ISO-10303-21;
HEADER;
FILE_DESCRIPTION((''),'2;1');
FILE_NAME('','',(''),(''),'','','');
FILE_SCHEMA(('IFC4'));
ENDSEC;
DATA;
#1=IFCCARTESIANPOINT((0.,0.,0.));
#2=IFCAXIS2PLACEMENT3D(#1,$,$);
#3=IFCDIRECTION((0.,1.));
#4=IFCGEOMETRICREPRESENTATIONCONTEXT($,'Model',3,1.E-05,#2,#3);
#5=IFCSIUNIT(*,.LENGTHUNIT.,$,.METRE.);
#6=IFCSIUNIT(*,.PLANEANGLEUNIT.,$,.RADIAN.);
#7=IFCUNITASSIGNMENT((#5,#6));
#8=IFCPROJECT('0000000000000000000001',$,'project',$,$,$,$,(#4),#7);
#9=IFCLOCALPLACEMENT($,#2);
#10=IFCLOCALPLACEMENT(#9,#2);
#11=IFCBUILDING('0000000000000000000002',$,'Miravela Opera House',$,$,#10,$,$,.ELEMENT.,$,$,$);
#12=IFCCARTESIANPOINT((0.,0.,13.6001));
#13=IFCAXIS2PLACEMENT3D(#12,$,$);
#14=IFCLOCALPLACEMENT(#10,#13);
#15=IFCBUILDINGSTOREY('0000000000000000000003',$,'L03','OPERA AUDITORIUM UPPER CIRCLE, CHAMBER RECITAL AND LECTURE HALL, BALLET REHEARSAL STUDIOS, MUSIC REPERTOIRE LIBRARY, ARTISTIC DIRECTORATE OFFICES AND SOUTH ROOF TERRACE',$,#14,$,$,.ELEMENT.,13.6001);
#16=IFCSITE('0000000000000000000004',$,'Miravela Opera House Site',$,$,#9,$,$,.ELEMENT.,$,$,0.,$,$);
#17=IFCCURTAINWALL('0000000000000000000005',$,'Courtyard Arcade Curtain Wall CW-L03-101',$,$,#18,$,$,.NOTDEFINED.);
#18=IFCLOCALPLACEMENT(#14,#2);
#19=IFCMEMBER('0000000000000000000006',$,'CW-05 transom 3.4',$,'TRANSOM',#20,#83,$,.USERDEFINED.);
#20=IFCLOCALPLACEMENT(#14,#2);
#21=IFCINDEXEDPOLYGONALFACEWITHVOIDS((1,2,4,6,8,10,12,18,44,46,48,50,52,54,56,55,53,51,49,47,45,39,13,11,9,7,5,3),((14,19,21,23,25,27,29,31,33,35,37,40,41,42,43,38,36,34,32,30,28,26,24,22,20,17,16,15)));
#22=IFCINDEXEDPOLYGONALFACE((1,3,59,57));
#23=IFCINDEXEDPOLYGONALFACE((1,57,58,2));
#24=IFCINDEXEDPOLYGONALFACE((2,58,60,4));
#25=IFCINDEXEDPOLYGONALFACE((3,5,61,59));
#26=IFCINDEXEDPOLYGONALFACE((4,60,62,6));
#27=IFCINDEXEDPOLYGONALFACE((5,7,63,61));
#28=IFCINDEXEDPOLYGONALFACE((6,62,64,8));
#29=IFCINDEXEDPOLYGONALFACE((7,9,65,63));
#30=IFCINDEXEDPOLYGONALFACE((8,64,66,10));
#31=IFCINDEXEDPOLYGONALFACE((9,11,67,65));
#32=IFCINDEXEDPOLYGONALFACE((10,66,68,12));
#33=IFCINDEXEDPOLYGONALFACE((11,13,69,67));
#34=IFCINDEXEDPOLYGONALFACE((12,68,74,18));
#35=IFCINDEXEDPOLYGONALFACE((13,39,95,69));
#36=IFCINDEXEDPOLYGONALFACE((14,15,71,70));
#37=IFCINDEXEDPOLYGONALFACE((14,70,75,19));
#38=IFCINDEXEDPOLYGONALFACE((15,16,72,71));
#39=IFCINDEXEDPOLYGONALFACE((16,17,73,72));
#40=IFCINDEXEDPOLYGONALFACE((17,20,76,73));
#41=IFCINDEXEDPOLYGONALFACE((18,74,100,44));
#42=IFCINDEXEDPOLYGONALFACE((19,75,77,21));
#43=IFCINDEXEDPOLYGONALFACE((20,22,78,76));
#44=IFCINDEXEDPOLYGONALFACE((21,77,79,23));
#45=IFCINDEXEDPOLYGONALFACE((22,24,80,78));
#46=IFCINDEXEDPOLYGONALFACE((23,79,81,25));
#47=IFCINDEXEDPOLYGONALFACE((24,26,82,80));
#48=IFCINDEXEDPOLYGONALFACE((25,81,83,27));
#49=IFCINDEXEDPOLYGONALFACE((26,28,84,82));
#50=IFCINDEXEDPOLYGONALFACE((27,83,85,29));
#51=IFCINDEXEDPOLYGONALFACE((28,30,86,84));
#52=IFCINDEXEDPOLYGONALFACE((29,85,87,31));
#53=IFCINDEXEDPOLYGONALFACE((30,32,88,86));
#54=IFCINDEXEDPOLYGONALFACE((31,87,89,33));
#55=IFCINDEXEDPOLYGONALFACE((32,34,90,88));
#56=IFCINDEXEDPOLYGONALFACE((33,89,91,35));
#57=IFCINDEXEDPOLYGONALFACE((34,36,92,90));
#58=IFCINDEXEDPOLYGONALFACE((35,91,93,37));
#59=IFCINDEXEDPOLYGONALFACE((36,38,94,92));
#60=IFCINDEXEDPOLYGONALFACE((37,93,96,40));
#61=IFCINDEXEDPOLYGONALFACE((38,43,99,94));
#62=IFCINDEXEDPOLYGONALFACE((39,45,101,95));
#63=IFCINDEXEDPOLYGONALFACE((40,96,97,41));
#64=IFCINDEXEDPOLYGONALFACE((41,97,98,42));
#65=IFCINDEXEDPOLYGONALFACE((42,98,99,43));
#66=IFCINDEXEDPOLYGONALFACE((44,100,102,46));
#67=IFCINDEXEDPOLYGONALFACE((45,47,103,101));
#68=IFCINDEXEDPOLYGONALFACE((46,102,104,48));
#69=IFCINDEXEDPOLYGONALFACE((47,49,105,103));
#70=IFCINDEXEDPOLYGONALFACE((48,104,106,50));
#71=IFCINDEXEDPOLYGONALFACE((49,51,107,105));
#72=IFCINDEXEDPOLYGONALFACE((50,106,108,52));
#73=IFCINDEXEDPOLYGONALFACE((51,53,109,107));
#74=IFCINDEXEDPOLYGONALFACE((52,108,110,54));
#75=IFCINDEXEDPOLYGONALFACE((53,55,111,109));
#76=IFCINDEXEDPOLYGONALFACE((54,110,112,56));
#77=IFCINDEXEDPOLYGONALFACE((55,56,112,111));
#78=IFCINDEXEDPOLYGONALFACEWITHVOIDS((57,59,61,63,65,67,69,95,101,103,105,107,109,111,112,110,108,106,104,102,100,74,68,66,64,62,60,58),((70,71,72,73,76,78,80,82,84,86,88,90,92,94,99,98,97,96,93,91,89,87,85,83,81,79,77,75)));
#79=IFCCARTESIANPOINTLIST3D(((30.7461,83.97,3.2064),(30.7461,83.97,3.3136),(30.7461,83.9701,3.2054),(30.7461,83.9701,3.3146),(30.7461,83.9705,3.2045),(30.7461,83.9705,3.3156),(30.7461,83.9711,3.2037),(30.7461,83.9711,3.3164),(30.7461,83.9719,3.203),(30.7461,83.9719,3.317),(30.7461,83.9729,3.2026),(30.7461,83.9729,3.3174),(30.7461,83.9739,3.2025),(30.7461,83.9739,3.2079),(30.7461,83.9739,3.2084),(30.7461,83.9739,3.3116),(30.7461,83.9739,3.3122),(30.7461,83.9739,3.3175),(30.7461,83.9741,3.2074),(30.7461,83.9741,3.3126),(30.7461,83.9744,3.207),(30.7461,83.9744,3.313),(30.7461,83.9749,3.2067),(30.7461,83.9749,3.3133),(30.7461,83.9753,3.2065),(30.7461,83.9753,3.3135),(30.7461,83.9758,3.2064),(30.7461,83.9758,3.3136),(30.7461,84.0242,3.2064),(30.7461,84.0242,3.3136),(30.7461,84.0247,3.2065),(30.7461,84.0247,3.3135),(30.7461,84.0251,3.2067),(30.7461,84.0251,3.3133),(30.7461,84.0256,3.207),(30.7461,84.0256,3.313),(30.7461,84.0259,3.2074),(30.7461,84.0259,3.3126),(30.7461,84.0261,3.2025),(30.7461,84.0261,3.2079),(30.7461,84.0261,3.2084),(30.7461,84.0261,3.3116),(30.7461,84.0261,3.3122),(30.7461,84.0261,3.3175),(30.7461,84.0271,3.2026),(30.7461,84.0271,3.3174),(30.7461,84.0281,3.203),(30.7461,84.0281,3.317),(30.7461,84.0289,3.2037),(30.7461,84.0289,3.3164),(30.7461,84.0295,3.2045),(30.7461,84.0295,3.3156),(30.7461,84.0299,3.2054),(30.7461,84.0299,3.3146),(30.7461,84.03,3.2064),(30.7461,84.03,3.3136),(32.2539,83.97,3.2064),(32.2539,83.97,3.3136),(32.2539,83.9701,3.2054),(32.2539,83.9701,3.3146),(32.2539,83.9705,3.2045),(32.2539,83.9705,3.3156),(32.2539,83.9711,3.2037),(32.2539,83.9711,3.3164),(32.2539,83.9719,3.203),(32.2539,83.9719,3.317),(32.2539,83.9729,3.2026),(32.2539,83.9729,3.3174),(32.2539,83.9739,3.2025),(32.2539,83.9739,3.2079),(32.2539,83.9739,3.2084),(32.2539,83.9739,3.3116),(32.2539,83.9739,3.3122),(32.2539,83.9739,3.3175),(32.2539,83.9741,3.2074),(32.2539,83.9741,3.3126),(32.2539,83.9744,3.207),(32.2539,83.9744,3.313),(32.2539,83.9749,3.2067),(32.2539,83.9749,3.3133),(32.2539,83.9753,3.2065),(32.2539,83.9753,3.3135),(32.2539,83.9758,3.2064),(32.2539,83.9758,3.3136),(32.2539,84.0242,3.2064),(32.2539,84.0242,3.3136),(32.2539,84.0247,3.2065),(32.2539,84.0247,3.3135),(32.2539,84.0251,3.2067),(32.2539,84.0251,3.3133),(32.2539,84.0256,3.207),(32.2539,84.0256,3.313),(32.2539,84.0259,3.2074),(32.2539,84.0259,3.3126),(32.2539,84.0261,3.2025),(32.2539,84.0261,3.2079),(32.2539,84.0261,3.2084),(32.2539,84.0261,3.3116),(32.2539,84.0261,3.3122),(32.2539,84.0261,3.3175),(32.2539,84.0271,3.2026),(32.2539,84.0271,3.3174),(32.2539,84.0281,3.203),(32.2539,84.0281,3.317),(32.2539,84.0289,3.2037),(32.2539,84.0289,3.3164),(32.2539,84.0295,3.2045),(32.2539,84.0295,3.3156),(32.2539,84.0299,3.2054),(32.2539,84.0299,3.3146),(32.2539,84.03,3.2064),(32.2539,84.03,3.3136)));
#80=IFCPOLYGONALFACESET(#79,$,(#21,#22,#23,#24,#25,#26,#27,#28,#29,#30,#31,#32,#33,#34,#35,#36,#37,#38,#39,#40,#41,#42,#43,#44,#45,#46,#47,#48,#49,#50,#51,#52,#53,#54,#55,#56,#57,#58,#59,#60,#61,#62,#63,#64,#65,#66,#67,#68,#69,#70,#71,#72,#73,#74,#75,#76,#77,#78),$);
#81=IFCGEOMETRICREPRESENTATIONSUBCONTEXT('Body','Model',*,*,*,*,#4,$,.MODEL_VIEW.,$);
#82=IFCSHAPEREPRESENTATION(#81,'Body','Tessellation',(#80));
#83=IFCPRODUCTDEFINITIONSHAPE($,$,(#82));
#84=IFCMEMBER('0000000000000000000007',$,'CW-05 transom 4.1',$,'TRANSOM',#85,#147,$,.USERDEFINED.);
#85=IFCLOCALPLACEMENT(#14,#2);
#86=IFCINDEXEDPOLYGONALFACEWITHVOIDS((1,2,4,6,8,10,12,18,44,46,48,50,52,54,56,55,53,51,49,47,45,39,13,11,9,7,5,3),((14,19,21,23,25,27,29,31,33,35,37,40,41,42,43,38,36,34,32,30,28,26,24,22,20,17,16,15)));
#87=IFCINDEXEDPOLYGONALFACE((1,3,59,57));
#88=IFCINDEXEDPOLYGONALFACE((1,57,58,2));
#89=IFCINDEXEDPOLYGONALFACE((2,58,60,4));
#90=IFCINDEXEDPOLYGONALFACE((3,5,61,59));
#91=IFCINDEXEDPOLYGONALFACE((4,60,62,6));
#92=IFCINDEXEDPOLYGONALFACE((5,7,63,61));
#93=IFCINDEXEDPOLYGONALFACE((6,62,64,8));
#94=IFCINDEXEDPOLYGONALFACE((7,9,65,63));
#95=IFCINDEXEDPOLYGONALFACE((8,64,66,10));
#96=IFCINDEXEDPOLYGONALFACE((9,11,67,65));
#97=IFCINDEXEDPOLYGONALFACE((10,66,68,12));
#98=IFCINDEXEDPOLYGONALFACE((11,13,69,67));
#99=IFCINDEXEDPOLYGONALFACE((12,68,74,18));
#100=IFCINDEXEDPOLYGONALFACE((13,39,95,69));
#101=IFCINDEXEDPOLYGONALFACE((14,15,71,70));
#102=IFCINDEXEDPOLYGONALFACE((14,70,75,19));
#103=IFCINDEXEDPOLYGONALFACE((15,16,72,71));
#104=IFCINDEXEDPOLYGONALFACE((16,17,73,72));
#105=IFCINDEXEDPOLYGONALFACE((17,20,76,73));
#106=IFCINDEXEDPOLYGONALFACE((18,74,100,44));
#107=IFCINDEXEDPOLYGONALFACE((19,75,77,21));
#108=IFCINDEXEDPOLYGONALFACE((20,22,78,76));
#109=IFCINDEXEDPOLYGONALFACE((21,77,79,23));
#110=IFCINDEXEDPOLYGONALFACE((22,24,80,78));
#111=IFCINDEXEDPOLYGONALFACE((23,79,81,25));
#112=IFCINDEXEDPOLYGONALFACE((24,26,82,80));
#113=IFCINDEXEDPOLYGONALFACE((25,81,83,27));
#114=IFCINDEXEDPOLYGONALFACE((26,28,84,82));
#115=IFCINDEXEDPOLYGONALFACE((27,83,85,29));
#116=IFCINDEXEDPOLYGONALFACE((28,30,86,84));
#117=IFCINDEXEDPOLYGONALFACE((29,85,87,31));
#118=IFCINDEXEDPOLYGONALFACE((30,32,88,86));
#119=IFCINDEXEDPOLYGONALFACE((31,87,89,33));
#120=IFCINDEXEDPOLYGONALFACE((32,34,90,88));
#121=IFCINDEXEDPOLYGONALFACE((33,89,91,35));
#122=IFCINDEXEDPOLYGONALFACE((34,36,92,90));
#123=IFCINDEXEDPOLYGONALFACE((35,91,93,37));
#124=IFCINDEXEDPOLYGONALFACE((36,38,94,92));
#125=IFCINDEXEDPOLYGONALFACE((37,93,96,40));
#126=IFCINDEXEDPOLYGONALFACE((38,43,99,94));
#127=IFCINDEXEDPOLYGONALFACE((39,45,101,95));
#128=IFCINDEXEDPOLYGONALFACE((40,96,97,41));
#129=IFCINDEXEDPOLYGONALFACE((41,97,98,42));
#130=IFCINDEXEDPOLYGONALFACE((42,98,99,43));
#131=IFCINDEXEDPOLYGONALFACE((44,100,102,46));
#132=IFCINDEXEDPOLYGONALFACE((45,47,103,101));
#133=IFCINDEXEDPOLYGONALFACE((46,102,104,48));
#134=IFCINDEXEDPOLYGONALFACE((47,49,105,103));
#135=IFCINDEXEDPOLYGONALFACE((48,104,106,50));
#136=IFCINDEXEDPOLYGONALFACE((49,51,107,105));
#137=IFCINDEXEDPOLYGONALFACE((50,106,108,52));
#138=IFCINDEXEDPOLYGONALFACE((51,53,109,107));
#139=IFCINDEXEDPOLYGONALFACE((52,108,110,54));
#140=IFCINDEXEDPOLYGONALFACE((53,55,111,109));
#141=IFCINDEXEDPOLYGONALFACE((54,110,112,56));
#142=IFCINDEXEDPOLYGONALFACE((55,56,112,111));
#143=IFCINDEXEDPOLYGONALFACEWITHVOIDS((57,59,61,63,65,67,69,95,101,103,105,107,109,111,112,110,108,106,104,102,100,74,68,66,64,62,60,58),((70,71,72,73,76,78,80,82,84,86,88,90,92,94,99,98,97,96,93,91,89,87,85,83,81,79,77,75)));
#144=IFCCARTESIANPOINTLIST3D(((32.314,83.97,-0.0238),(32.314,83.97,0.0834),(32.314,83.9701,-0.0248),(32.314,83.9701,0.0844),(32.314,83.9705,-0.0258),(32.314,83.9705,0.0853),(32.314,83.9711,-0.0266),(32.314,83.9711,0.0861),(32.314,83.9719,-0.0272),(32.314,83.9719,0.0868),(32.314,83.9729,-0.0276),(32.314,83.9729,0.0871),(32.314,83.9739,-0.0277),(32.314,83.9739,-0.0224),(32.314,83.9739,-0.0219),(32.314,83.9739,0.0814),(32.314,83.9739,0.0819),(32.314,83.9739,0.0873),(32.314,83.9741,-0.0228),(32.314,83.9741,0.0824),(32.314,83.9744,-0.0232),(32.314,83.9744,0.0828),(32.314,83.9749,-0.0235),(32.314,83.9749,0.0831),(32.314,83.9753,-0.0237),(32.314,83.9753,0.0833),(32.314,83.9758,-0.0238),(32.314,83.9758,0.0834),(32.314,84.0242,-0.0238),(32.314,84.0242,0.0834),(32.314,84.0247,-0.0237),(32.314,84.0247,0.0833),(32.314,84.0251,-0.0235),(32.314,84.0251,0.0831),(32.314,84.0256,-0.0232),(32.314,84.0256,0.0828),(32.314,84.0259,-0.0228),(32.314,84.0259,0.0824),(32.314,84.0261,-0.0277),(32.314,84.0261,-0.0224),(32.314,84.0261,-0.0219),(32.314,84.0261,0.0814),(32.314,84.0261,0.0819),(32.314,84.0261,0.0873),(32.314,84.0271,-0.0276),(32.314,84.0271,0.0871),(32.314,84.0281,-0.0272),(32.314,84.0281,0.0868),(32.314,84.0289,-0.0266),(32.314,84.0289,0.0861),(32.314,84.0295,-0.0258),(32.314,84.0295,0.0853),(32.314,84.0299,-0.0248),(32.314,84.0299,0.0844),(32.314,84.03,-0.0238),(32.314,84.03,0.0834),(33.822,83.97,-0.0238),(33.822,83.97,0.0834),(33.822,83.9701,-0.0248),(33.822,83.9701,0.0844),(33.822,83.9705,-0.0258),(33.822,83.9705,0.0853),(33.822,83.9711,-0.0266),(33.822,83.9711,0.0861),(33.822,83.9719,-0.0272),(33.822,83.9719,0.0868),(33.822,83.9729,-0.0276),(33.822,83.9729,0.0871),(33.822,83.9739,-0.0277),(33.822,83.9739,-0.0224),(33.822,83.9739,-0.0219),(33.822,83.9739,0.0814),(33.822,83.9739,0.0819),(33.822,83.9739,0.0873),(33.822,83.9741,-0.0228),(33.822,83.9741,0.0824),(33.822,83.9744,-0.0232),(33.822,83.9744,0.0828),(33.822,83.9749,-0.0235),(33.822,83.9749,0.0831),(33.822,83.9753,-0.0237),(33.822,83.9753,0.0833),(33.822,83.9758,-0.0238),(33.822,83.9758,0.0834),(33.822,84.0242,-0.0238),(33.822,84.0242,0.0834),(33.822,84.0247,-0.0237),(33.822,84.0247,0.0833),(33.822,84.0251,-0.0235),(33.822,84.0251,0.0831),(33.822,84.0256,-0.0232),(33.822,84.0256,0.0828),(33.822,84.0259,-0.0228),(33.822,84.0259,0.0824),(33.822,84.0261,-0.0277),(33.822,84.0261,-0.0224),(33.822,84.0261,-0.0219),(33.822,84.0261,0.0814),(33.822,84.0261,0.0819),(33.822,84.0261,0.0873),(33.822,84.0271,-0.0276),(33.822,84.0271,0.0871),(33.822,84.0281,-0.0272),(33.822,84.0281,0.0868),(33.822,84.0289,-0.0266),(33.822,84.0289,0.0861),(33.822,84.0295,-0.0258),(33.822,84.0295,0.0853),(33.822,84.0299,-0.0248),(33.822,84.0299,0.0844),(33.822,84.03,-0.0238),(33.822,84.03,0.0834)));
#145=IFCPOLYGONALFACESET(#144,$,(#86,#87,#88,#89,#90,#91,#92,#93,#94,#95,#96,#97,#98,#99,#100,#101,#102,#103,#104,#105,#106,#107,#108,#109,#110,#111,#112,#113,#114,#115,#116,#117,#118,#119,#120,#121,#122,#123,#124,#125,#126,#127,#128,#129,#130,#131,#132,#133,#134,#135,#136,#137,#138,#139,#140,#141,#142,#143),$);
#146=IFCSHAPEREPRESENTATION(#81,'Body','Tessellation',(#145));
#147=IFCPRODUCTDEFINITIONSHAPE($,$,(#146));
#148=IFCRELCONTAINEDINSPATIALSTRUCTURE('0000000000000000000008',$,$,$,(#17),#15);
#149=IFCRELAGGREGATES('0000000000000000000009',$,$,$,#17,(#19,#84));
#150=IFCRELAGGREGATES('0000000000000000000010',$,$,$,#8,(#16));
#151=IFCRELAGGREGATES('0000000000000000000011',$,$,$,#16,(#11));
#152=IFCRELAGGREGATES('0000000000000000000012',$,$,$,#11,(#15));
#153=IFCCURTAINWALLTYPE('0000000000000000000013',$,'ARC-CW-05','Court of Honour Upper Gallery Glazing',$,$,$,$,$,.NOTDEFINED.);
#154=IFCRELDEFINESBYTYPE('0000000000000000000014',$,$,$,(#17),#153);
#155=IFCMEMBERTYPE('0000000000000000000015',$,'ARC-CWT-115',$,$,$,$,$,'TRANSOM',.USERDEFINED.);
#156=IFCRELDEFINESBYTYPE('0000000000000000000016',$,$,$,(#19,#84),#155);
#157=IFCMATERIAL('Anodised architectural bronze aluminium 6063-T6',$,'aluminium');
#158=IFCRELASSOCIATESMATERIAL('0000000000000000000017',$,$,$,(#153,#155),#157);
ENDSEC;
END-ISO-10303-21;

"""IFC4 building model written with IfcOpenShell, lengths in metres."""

from ifc_helpers import new_model, si_unit, direction, frame, origin, origin_2d, place, context, subcontext, project, spatial, hollow_rectangle, extrude, material, material_profile, profile_set, type_object, element, aggregate, save


model = new_model("IFC4")

# Units and contexts
model_context = context("Model", 3, precision=1e-05, world=origin(), true_north=direction((0.0, 1.0)))
body_context = subcontext(model_context, "Body", "Model", "MODEL_VIEW")
ifc_project = project(units=[si_unit("LENGTHUNIT", "METRE"), si_unit("PLANEANGLEUNIT", "RADIAN")], contexts=[model_context])

# Site, building, storey
site_placement = place(None, origin())
site = spatial("IfcSite", under=ifc_project, at=site_placement, Name="Miravela Opera House Site", CompositionType="ELEMENT", RefElevation=0.0)
building_placement = place(site_placement, origin())
building = spatial("IfcBuilding", under=site, at=building_placement, Name="Miravela Opera House", CompositionType="ELEMENT")
storey_placement = place(building_placement, frame((0.0, 0.0, 13.6001)))
storey = spatial("IfcBuildingStorey", under=building, at=storey_placement, Name="L03", Description="OPERA AUDITORIUM UPPER CIRCLE, CHAMBER RECITAL AND LECTURE HALL, BALLET REHEARSAL STUDIOS, MUSIC REPERTOIRE LIBRARY, ARTISTIC DIRECTORATE OFFICES AND SOUTH ROOF TERRACE", CompositionType="ELEMENT", Elevation=13.6001)

# Curtain wall
ifc_material_1 = material(Name="Anodised architectural bronze aluminium 6063-T6", Category="aluminium")
curtain_wall_type = type_object("IfcCurtainWallType", Name="ARC-CW-05", Description="Court of Honour Upper Gallery Glazing", PredefinedType="NOTDEFINED", material=ifc_material_1)
curtain_wall_1_placement = place(storey_placement, origin())
curtain_wall_1 = element("IfcCurtainWall", 1, at=curtain_wall_1_placement, inside=storey, type_object=curtain_wall_type, Name="Courtyard Arcade Curtain Wall CW-L03-101", PredefinedType="NOTDEFINED")

# Members
ifc_material_profile_1 = material_profile(ifc_material_1, hollow_rectangle(XDim=0.0601, YDim=0.115, WallThickness=0.0039, InnerFilletRadius=0.002, OuterFilletRadius=0.0039, at=origin_2d()), Name="CWT-60X115")
ifc_profile_set_1 = profile_set([ifc_material_profile_1])
member_type_1 = type_object("IfcMemberType", Name="ARC-CWT-115", ElementType="TRANSOM", PredefinedType="USERDEFINED", material=ifc_profile_set_1)
member_1_placement = place(storey_placement, frame((30.7461, 84.0, 3.26), z_axis=(1.0, 0.0, 0.0), x_axis=(0.0, 1.0, 0.0)))
member_1 = element("IfcMember", 2, at=member_1_placement, type_object=member_type_1, Name="CW-05 transom 3.4", ObjectType="TRANSOM", PredefinedType="USERDEFINED", context=body_context, shape_type="SweptSolid", body=[
    extrude(hollow_rectangle(XDim=0.0601, YDim=0.115, WallThickness=0.0039, InnerFilletRadius=0.002, OuterFilletRadius=0.0039, at=origin_2d()), origin(), (0.0, 0.0, 1.0), 1.5078),
])
member_2_placement = place(storey_placement, frame((32.314, 84.0, 0.0298), z_axis=(1.0, 0.0, 0.0), x_axis=(0.0, 1.0, 0.0)))
member_2 = element("IfcMember", 3, at=member_2_placement, type_object=member_type_1, Name="CW-05 transom 4.1", ObjectType="TRANSOM", PredefinedType="USERDEFINED", context=body_context, shape_type="SweptSolid", body=[
    extrude(hollow_rectangle(XDim=0.0601, YDim=0.115, WallThickness=0.0039, InnerFilletRadius=0.002, OuterFilletRadius=0.0039, at=origin_2d()), origin(), (0.0, 0.0, 1.0), 1.5081),
])

aggregate(curtain_wall_1, [member_1, member_2])

save(model, "model.ifc")
